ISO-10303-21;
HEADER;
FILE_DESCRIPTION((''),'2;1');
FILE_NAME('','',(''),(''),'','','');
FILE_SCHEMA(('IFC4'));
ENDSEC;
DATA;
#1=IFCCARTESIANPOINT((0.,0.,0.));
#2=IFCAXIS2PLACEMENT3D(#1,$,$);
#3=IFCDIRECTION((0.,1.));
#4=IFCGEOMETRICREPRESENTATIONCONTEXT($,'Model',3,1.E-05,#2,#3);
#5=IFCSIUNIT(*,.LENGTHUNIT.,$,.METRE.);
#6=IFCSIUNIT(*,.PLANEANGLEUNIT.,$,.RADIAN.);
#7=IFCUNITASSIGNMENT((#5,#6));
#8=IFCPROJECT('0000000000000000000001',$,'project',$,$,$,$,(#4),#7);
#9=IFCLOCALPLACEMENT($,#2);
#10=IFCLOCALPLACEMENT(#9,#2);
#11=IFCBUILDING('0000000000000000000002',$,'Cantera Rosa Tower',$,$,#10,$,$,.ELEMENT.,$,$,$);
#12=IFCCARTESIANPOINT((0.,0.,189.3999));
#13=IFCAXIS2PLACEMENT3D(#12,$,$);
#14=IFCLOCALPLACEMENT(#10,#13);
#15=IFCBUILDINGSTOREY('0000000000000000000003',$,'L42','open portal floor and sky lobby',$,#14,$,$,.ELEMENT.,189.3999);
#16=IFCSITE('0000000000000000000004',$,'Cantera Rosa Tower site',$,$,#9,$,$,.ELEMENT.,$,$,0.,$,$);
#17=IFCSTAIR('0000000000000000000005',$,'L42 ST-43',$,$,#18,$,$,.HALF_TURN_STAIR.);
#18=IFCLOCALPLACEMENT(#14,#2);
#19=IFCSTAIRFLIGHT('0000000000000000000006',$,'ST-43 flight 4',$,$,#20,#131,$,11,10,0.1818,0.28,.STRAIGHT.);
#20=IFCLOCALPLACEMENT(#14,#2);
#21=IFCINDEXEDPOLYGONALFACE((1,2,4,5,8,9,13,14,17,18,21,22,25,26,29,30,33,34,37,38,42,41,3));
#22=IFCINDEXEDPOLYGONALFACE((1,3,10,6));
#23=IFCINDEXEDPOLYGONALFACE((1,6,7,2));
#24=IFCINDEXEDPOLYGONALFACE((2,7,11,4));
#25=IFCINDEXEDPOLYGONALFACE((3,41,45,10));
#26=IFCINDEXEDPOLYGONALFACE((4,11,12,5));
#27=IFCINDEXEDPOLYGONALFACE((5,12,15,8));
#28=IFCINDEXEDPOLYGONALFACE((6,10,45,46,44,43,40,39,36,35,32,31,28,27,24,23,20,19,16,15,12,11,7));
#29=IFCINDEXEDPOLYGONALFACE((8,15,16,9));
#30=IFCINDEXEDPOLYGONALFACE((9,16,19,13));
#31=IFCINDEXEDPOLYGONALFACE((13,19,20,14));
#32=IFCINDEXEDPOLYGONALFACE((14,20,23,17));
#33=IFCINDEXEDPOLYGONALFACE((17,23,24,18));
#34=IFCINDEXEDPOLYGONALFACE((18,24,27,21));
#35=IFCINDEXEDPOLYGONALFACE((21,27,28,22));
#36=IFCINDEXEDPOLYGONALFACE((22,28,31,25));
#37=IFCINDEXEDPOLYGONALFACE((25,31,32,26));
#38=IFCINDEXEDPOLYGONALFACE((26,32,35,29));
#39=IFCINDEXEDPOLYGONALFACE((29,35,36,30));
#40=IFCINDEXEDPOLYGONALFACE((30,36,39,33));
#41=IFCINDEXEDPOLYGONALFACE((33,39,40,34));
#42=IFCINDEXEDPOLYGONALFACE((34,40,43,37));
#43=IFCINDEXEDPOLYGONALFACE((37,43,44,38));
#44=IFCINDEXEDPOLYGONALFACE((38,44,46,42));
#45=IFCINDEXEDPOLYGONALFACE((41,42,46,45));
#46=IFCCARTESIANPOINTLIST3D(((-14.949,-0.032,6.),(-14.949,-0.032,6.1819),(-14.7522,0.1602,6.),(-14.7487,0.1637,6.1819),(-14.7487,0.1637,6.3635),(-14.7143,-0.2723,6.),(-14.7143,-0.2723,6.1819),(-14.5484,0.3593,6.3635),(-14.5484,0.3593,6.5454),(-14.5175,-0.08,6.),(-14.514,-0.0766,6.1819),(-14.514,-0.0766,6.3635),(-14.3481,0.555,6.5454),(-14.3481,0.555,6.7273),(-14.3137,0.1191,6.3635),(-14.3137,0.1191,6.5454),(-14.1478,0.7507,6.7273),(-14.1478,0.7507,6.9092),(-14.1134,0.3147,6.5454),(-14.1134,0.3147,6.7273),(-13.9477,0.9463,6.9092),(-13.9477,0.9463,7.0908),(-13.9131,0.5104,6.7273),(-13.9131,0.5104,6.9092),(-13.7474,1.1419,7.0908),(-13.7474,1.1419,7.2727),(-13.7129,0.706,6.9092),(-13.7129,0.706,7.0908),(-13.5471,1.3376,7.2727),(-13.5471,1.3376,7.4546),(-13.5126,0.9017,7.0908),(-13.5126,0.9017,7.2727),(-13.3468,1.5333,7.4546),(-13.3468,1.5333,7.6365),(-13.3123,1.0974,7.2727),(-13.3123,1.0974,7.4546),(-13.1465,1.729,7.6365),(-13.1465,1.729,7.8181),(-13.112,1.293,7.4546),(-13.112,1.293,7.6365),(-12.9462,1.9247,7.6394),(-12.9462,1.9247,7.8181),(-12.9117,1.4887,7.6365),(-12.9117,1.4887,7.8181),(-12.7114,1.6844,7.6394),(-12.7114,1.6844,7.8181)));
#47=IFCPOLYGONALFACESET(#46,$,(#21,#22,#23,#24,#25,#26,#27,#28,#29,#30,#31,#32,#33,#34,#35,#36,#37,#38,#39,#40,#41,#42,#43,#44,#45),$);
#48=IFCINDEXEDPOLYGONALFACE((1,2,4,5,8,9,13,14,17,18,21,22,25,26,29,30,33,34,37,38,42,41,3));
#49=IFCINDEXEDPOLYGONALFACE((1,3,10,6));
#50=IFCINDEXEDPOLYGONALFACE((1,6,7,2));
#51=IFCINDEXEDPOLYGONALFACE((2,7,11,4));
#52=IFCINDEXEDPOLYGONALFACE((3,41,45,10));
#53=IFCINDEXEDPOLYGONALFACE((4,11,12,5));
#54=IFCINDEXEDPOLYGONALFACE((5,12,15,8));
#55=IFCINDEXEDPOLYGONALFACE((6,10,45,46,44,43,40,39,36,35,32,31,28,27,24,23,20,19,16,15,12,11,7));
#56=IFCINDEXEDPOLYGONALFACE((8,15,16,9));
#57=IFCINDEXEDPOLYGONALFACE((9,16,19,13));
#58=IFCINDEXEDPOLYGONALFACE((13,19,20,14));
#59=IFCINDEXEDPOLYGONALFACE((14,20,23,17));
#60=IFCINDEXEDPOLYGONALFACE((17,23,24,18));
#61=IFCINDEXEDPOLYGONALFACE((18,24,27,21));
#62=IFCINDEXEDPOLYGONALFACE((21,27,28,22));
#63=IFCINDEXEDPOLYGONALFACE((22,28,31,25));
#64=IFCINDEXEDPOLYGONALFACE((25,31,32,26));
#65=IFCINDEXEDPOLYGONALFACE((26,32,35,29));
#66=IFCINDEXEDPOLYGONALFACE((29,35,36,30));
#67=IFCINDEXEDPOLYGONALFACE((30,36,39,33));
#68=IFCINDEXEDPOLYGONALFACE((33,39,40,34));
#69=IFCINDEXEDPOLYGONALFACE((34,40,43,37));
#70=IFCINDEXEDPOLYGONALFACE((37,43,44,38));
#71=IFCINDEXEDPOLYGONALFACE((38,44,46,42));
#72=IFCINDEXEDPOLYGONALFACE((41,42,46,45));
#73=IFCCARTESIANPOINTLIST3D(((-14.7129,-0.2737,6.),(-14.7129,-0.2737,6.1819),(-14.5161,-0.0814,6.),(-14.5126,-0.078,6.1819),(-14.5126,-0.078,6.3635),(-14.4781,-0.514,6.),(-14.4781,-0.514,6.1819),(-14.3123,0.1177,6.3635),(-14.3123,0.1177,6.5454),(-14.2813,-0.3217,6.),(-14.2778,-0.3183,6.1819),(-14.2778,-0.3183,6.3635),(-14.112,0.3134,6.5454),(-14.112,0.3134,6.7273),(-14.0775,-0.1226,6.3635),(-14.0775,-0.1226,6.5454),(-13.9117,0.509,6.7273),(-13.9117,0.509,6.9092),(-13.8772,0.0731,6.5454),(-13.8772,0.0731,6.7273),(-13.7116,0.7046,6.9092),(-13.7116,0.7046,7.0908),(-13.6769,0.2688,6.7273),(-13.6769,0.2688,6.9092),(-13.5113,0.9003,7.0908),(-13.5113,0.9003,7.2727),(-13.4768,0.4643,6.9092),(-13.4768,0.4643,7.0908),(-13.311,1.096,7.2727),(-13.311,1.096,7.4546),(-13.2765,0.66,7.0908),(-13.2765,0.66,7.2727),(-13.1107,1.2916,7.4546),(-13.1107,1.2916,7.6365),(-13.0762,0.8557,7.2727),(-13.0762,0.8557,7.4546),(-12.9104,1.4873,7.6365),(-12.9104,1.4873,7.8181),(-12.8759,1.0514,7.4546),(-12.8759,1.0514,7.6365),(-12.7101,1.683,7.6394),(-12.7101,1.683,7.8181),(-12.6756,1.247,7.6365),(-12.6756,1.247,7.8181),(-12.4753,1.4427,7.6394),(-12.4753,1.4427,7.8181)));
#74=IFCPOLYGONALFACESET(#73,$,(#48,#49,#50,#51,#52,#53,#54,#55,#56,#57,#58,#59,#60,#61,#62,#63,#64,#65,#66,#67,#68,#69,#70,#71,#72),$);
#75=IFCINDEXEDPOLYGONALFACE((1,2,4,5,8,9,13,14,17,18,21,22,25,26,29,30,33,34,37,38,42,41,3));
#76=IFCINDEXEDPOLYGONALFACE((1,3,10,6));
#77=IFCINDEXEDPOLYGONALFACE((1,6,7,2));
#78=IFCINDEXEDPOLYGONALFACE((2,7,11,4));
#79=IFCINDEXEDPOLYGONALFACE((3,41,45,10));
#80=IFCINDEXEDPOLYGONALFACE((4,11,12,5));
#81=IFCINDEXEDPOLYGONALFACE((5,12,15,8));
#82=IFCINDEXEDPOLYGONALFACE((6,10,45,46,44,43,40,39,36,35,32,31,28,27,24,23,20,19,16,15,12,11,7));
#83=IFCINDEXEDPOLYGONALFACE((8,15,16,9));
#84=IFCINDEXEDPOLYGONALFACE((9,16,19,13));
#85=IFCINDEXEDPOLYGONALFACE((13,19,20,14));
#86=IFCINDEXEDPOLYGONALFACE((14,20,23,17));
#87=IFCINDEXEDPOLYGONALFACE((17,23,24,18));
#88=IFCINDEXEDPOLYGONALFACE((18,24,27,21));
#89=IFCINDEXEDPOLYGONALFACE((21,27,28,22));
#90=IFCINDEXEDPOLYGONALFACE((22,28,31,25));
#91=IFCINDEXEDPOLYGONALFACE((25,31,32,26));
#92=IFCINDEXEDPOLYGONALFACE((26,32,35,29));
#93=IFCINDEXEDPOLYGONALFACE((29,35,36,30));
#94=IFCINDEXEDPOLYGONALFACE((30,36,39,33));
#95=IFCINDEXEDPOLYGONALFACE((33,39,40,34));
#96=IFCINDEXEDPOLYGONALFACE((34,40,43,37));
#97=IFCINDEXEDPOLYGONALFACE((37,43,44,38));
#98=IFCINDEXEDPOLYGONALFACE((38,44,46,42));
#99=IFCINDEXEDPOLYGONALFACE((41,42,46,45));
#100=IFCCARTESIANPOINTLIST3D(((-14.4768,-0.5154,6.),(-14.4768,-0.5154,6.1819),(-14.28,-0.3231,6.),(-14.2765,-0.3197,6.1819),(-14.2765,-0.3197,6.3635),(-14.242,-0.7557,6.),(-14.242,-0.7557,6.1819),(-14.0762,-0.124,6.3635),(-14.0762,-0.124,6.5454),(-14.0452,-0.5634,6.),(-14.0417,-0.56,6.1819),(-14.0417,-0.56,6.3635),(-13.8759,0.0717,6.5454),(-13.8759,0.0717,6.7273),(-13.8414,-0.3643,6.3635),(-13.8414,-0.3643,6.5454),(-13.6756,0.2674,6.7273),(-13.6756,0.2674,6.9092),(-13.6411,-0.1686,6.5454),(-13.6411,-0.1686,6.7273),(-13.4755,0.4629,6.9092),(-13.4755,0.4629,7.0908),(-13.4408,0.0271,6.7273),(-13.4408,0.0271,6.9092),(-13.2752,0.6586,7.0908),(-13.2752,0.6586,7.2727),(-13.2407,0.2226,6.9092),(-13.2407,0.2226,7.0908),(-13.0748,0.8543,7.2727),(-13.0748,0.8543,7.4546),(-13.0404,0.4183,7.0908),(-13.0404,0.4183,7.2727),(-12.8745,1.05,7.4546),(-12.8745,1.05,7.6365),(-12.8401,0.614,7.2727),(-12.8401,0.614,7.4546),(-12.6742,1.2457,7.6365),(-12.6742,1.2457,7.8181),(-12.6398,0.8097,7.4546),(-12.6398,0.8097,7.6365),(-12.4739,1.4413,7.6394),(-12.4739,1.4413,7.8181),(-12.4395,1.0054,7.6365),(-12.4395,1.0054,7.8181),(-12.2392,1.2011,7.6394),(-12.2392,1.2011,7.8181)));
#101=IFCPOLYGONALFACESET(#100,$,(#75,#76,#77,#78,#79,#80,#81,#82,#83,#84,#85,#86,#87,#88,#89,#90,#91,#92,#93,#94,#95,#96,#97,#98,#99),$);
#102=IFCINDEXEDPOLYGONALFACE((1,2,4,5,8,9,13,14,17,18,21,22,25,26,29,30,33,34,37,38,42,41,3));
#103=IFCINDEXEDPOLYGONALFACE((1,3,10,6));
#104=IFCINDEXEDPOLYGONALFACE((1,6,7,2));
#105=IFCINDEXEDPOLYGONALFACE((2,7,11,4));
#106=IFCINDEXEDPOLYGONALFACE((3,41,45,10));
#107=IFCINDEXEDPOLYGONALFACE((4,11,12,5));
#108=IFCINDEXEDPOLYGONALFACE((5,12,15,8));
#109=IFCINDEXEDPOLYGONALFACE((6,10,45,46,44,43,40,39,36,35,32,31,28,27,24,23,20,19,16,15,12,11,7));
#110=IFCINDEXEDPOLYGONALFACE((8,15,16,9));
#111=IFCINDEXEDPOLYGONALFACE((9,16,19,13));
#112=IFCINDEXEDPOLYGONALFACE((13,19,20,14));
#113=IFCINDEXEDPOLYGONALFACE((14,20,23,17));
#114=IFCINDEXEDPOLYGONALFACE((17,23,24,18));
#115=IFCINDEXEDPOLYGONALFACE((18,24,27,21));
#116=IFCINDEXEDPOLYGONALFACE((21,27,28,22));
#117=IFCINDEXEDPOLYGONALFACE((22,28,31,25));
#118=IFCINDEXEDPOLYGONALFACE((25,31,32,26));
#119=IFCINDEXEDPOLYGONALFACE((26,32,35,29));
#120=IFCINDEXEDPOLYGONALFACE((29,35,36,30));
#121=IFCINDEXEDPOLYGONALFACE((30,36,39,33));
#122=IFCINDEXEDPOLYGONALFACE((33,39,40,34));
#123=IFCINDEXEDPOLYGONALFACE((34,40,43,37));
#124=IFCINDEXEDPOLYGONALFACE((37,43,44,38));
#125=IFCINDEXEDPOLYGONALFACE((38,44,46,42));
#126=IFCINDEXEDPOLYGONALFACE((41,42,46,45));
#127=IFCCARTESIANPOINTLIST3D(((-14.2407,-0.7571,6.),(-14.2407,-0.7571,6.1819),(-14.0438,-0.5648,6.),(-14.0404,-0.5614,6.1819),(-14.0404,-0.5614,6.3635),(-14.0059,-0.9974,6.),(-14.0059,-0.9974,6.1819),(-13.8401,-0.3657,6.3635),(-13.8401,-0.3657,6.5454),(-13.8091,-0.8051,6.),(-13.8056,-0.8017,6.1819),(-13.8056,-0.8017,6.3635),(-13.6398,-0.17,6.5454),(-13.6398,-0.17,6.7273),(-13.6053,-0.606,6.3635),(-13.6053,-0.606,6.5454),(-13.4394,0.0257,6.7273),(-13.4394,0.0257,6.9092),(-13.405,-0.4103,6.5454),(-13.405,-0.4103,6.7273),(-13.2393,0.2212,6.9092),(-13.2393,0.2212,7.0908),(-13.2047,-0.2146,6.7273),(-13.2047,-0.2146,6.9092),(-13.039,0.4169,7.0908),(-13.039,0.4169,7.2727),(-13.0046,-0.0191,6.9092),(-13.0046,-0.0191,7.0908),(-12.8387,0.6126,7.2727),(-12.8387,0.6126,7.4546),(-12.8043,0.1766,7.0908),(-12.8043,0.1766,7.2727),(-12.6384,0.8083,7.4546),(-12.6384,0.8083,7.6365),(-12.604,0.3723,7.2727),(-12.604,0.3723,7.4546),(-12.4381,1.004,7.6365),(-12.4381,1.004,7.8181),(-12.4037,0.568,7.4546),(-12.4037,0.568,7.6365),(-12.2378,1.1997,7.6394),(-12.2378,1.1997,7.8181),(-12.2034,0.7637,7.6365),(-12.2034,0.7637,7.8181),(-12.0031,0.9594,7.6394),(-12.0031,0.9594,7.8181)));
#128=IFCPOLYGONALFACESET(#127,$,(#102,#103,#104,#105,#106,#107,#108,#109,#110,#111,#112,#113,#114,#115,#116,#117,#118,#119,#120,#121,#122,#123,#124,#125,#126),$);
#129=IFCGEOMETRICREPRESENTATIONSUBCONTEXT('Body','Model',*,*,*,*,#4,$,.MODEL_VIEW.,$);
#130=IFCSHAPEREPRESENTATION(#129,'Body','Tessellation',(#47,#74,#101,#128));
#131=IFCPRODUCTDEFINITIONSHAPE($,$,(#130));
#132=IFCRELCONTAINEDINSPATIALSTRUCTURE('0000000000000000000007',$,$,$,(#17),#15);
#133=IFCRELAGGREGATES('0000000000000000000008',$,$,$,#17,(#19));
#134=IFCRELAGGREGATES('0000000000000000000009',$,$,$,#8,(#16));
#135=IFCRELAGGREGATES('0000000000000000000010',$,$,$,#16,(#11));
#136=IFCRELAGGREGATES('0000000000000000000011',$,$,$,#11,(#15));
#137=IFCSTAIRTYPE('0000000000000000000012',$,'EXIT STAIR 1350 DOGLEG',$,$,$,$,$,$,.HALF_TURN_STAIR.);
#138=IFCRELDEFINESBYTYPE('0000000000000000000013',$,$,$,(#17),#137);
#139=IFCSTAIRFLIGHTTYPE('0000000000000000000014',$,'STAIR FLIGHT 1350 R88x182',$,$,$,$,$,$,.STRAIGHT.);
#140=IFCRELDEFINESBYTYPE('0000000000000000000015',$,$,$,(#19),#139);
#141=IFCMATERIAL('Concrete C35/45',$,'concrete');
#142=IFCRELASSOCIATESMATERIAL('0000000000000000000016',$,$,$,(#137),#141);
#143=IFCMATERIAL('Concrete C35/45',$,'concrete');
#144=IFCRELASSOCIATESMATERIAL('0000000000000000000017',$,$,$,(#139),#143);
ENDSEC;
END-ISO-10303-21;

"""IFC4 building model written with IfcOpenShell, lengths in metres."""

from ifc_helpers import new_model, si_unit, direction, frame, origin, place, context, subcontext, project, spatial, polyline, outline, extrude, material, type_object, element, aggregate, save


model = new_model("IFC4")

# Units and contexts
model_context = context("Model", 3, precision=1e-05, world=origin(), true_north=direction((0.0, 1.0)))
body_context = subcontext(model_context, "Body", "Model", "MODEL_VIEW")
ifc_project = project(units=[si_unit("LENGTHUNIT", "METRE"), si_unit("PLANEANGLEUNIT", "RADIAN")], contexts=[model_context])

# Site, building, storey
site_placement = place(None, origin())
site = spatial("IfcSite", under=ifc_project, at=site_placement, Name="Cantera Rosa Tower site", CompositionType="ELEMENT", RefElevation=0.0)
building_placement = place(site_placement, origin())
building = spatial("IfcBuilding", under=site, at=building_placement, Name="Cantera Rosa Tower", CompositionType="ELEMENT")
storey_placement = place(building_placement, frame((0.0, 0.0, 189.3999)))
storey = spatial("IfcBuildingStorey", under=building, at=storey_placement, Name="L42", Description="open portal floor and sky lobby", CompositionType="ELEMENT", Elevation=189.3999)

# Stair, stair flight
ifc_material_1 = material(Name="Concrete C35/45", Category="concrete")
stair_type = type_object("IfcStairType", Name="EXIT STAIR 1350 DOGLEG", PredefinedType="HALF_TURN_STAIR", material=ifc_material_1)
stair_1_placement = place(storey_placement, origin())
stair_1 = element("IfcStair", 1, at=stair_1_placement, inside=storey, type_object=stair_type, Name="L42 ST-43", PredefinedType="HALF_TURN_STAIR")
ifc_material_2 = material(Name="Concrete C35/45", Category="concrete")
stair_flight_type = type_object("IfcStairFlightType", Name="STAIR FLIGHT 1350 R88x182", PredefinedType="STRAIGHT", material=ifc_material_2)
stair_flight_1_placement = place(storey_placement, frame((-14.4773, -0.5149, 6.0), z_axis=(0.0, 0.0, 1.0), x_axis=(0.715286, 0.698832, 0.0)))
stair_flight_1 = element("IfcStairFlight", 2, at=stair_flight_1_placement, type_object=stair_flight_type, Name="ST-43 flight 4", NumberOfRisers=11, NumberOfTreads=10, PredefinedType="STRAIGHT", RiserHeight=0.1818, TreadLength=0.28, context=body_context, shape_type="SweptSolid", body=[
    extrude(outline(polyline([(0.0, 0.0), (0.0, 0.1819), (0.28, 0.1819), (0.28, 0.3635), (0.5601, 0.3635), (0.5601, 0.5454), (0.8401, 0.5454), (0.8401, 0.7273), (1.1201, 0.7273), (1.1201, 0.9092), (1.3999, 0.9092), (1.3999, 1.0908), (1.6799, 1.0908), (1.6799, 1.2727), (1.96, 1.2727), (1.96, 1.4546), (2.24, 1.4546), (2.24, 1.6365), (2.52, 1.6365), (2.52, 1.8181), (2.8, 1.8181), (2.8, 2.0), (2.8, 1.6394), (0.2751, 0.0), (0.0, 0.0)])), frame((0.0, 0.675, 0.0), z_axis=(0.0, -1.0, 0.0), x_axis=(1.0, 0.0, 0.0)), (0.0, 0.0, 1.0), 0.3359),
    extrude(outline(polyline([(0.0, 0.0), (0.0, 0.1819), (0.28, 0.1819), (0.28, 0.3635), (0.5601, 0.3635), (0.5601, 0.5454), (0.8401, 0.5454), (0.8401, 0.7273), (1.1201, 0.7273), (1.1201, 0.9092), (1.3999, 0.9092), (1.3999, 1.0908), (1.6799, 1.0908), (1.6799, 1.2727), (1.96, 1.2727), (1.96, 1.4546), (2.24, 1.4546), (2.24, 1.6365), (2.52, 1.6365), (2.52, 1.8181), (2.8, 1.8181), (2.8, 2.0), (2.8, 1.6394), (0.2751, 0.0), (0.0, 0.0)])), frame((0.0, 0.3372, 0.0), z_axis=(0.0, -1.0, 0.0), x_axis=(1.0, 0.0, 0.0)), (0.0, 0.0, 1.0), 0.3359),
    extrude(outline(polyline([(0.0, 0.0), (0.0, 0.1819), (0.28, 0.1819), (0.28, 0.3635), (0.5601, 0.3635), (0.5601, 0.5454), (0.8401, 0.5454), (0.8401, 0.7273), (1.1201, 0.7273), (1.1201, 0.9092), (1.3999, 0.9092), (1.3999, 1.0908), (1.6799, 1.0908), (1.6799, 1.2727), (1.96, 1.2727), (1.96, 1.4546), (2.24, 1.4546), (2.24, 1.6365), (2.52, 1.6365), (2.52, 1.8181), (2.8, 1.8181), (2.8, 2.0), (2.8, 1.6394), (0.2751, 0.0), (0.0, 0.0)])), frame((0.0, -0.0007, 0.0), z_axis=(0.0, -1.0, 0.0), x_axis=(1.0, 0.0, 0.0)), (0.0, 0.0, 1.0), 0.3359),
    extrude(outline(polyline([(0.0, 0.0), (0.0, 0.1819), (0.28, 0.1819), (0.28, 0.3635), (0.5601, 0.3635), (0.5601, 0.5454), (0.8401, 0.5454), (0.8401, 0.7273), (1.1201, 0.7273), (1.1201, 0.9092), (1.3999, 0.9092), (1.3999, 1.0908), (1.6799, 1.0908), (1.6799, 1.2727), (1.96, 1.2727), (1.96, 1.4546), (2.24, 1.4546), (2.24, 1.6365), (2.52, 1.6365), (2.52, 1.8181), (2.8, 1.8181), (2.8, 2.0), (2.8, 1.6394), (0.2751, 0.0), (0.0, 0.0)])), frame((0.0, -0.3386, 0.0), z_axis=(0.0, -1.0, 0.0), x_axis=(1.0, 0.0, 0.0)), (0.0, 0.0, 1.0), 0.3359),
])
aggregate(stair_1, [stair_flight_1])

save(model, "model.ifc")
